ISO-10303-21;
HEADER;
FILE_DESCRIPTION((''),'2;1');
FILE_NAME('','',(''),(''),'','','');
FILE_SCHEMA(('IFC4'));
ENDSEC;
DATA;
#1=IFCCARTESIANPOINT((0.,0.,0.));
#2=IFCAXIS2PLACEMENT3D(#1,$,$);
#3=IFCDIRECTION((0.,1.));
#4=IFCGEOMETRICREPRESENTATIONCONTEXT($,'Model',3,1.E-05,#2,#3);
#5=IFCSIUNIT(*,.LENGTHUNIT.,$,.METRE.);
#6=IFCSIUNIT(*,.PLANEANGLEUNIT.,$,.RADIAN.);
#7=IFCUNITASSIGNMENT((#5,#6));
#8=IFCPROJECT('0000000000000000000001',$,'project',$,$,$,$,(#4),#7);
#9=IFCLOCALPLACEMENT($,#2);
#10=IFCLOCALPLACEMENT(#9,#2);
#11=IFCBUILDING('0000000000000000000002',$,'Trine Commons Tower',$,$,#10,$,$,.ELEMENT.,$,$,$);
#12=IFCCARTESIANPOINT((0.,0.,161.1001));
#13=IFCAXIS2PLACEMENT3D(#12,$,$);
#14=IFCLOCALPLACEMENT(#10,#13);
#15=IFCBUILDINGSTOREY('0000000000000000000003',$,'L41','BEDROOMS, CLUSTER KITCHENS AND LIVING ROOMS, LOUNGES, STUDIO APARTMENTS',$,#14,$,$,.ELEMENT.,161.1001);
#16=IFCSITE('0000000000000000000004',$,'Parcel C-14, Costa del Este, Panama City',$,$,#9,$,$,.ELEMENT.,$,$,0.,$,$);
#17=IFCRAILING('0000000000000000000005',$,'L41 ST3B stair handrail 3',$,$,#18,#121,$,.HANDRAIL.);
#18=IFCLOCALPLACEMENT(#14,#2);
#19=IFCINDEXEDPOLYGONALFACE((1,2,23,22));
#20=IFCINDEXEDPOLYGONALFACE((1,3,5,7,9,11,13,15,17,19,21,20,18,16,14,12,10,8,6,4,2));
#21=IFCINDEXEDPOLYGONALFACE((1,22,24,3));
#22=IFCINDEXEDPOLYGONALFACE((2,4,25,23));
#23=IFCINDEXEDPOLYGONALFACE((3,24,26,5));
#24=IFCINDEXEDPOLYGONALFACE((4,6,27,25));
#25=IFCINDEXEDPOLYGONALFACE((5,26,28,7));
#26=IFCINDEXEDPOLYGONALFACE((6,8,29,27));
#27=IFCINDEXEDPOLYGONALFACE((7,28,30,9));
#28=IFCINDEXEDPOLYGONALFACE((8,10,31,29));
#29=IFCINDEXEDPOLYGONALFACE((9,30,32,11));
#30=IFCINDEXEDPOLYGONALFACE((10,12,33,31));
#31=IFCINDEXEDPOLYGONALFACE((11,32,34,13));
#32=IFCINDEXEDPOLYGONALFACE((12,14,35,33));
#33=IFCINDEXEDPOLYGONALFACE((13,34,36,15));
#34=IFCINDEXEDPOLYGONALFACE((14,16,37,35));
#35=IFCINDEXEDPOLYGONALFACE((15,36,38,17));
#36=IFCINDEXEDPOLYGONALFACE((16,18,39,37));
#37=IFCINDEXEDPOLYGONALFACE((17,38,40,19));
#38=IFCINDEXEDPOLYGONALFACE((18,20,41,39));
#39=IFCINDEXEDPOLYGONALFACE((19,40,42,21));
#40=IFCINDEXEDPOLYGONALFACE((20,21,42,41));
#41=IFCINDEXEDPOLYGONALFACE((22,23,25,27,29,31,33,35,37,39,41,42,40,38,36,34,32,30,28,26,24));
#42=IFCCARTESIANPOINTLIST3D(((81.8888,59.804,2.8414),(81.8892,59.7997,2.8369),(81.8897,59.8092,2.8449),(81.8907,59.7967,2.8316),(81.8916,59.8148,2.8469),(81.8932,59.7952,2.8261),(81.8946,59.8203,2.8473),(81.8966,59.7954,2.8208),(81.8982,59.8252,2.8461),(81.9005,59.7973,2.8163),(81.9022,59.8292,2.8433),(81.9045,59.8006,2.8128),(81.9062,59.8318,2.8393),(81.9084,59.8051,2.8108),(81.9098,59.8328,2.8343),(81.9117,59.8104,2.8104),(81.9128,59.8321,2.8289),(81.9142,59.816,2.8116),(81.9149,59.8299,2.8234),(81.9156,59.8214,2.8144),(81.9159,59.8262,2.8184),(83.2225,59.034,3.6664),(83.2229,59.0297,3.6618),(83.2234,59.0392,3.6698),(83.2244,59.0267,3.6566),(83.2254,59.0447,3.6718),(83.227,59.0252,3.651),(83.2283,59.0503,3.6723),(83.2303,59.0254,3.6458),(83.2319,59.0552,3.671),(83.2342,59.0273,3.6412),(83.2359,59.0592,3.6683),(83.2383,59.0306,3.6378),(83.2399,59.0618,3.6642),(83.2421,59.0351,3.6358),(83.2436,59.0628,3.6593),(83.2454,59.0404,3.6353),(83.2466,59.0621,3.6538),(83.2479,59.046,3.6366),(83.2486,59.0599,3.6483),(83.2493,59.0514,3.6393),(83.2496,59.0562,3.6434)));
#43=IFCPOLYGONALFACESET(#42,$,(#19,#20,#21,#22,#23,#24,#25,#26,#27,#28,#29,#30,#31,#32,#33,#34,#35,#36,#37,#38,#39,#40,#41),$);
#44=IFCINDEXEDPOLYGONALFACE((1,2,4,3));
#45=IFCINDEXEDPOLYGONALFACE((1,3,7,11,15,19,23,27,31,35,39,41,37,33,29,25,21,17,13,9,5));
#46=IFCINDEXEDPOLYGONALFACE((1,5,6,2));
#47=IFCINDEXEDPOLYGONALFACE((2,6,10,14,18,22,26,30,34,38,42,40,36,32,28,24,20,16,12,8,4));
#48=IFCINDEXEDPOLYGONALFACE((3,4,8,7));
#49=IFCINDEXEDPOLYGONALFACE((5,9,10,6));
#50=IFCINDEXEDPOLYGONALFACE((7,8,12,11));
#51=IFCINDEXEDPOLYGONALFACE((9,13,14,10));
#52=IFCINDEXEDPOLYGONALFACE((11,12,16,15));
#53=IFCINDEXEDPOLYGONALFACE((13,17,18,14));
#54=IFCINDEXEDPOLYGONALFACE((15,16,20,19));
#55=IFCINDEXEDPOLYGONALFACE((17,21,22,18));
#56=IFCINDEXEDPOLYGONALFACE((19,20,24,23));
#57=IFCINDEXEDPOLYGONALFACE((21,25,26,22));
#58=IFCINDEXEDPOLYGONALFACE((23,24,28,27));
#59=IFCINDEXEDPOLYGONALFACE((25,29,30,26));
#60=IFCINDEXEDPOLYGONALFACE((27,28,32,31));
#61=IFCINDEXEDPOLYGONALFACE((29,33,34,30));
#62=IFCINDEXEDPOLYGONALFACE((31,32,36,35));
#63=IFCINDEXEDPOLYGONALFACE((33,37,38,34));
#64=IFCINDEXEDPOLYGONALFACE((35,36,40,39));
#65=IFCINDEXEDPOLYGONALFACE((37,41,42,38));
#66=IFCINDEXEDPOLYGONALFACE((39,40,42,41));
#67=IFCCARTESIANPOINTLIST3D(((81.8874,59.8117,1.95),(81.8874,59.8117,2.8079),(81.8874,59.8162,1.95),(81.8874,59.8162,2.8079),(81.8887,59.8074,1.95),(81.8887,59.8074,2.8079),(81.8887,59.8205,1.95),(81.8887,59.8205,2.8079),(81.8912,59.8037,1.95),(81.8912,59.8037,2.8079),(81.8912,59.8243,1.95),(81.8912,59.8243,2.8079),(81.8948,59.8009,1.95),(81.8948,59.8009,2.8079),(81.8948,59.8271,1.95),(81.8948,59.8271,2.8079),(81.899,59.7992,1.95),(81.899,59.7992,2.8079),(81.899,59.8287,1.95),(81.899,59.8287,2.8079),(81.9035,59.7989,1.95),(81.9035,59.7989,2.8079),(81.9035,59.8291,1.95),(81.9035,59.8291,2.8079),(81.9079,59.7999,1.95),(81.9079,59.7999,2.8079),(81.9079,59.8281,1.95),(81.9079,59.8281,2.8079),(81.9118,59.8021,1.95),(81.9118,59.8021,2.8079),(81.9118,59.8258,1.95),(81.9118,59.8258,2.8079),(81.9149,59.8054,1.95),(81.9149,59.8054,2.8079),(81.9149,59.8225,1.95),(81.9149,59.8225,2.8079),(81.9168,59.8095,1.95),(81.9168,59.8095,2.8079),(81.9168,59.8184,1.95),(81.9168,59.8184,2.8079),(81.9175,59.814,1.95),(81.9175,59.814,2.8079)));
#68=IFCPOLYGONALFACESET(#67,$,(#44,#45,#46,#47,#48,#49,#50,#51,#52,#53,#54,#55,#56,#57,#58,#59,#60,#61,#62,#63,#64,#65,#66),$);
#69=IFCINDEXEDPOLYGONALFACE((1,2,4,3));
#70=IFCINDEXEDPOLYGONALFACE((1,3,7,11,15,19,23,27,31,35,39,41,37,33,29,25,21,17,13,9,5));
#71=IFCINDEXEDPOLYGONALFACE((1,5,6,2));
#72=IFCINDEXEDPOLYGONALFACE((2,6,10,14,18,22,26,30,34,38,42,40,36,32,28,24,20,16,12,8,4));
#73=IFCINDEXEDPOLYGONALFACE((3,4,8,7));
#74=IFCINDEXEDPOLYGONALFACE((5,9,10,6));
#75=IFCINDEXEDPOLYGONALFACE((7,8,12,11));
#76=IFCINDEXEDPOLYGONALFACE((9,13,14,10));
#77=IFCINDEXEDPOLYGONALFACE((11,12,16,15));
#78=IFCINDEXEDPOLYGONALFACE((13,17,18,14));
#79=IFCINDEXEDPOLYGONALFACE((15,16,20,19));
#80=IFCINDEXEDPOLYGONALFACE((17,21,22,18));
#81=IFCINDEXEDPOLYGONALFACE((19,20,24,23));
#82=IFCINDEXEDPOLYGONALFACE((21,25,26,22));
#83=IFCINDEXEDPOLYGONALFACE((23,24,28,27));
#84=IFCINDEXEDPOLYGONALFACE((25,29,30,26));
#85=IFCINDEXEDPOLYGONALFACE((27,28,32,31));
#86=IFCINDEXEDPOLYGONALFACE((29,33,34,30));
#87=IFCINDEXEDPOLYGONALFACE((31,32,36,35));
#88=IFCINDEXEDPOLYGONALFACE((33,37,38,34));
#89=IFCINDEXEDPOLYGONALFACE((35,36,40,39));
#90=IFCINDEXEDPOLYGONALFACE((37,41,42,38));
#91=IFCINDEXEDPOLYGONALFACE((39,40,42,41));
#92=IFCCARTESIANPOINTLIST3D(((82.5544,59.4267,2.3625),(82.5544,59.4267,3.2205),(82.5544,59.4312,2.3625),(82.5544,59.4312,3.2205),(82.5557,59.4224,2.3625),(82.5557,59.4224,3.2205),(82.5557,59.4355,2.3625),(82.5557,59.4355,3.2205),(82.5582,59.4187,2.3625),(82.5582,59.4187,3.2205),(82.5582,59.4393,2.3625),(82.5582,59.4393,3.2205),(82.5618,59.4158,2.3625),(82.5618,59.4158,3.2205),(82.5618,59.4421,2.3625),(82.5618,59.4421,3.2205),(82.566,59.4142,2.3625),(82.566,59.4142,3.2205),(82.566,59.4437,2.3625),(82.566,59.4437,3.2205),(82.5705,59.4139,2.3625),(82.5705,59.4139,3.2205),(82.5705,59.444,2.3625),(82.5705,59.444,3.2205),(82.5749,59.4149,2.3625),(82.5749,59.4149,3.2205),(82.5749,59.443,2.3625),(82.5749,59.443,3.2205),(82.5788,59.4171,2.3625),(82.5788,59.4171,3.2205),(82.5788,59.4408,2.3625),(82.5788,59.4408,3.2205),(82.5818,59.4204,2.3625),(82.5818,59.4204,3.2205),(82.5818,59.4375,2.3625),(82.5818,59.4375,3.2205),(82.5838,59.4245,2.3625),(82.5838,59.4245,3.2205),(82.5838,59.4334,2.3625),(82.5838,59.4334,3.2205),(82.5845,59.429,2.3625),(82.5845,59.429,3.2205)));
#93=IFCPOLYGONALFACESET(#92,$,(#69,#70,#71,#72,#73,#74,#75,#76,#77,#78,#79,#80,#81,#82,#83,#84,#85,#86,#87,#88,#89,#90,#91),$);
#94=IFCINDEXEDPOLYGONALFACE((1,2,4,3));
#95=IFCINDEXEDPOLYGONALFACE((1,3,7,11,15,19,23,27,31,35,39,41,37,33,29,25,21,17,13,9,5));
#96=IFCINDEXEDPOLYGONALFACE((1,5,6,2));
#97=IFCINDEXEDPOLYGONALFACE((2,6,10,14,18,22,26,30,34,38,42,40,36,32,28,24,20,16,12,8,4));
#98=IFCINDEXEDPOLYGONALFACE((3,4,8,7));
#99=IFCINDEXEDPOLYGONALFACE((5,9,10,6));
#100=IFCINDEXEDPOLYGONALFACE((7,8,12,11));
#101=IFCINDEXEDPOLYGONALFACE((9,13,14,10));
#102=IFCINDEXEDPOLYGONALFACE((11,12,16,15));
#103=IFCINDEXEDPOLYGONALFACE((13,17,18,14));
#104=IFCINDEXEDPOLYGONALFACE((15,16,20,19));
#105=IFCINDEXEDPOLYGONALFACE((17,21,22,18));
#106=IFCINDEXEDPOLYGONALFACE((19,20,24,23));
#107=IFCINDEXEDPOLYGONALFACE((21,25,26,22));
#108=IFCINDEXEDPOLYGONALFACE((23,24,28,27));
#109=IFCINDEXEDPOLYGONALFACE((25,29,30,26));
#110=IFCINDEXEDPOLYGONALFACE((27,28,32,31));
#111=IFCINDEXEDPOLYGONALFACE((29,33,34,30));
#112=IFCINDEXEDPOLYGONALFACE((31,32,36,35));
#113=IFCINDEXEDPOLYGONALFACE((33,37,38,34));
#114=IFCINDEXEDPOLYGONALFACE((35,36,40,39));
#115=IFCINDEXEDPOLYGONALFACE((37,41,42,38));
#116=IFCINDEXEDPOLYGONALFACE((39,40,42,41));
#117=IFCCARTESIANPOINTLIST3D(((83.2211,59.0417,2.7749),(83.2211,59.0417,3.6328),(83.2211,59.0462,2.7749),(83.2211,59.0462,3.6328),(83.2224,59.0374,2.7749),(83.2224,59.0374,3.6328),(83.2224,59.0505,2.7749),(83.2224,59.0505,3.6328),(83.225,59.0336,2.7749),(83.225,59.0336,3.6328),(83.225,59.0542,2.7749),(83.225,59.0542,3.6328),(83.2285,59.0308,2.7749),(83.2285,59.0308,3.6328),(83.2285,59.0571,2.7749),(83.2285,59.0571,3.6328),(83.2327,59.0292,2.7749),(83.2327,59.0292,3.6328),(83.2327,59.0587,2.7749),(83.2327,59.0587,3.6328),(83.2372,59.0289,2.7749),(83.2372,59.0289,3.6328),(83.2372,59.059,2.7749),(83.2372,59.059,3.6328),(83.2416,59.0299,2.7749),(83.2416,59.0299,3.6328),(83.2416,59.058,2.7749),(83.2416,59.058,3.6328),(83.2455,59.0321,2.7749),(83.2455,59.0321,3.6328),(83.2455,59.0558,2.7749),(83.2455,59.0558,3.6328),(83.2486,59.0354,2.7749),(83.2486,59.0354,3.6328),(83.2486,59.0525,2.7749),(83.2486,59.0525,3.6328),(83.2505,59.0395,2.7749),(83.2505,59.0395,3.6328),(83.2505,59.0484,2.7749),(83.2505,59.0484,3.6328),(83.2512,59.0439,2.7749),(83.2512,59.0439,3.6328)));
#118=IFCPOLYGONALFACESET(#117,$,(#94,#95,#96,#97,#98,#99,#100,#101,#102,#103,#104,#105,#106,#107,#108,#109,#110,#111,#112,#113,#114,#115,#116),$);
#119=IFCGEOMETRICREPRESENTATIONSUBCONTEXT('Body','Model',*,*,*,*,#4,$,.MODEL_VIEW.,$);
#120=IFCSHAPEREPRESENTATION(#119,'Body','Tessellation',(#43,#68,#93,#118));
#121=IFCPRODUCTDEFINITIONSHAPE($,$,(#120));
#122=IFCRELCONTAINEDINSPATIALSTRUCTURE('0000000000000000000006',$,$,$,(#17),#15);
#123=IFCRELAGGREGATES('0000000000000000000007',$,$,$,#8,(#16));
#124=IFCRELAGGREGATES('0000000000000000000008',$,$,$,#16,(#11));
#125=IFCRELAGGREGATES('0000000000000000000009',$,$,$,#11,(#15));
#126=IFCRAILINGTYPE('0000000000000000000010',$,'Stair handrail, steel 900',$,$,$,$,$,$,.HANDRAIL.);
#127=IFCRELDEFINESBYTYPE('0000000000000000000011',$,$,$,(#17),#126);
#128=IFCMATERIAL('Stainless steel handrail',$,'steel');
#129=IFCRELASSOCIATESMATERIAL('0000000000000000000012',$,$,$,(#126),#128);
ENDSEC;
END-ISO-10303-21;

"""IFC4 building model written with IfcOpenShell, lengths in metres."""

from ifc_helpers import new_model, si_unit, direction, frame, origin, origin_2d, place, context, subcontext, project, spatial, circle, extrude, material, type_object, element, save


model = new_model("IFC4")

# Units and contexts
model_context = context("Model", 3, precision=1e-05, world=origin(), true_north=direction((0.0, 1.0)))
body_context = subcontext(model_context, "Body", "Model", "MODEL_VIEW")
ifc_project = project(units=[si_unit("LENGTHUNIT", "METRE"), si_unit("PLANEANGLEUNIT", "RADIAN")], contexts=[model_context])

# Site, building, storey
site_placement = place(None, origin())
site = spatial("IfcSite", under=ifc_project, at=site_placement, Name="Parcel C-14, Costa del Este, Panama City", CompositionType="ELEMENT", RefElevation=0.0)
building_placement = place(site_placement, origin())
building = spatial("IfcBuilding", under=site, at=building_placement, Name="Trine Commons Tower", CompositionType="ELEMENT")
storey_placement = place(building_placement, frame((0.0, 0.0, 161.1001)))
storey = spatial("IfcBuildingStorey", under=building, at=storey_placement, Name="L41", Description="BEDROOMS, CLUSTER KITCHENS AND LIVING ROOMS, LOUNGES, STUDIO APARTMENTS", CompositionType="ELEMENT", Elevation=161.1001)

# Railing
ifc_material_1 = material(Name="Stainless steel handrail", Category="steel")
railing_type_1 = type_object("IfcRailingType", Name="Stair handrail, steel 900", PredefinedType="HANDRAIL", material=ifc_material_1)
railing_1_placement = place(storey_placement, frame((81.9023, 59.814, 1.95)))
element("IfcRailing", 1, at=railing_1_placement, inside=storey, type_object=railing_type_1, Name="L41 ST3B stair handrail 3", PredefinedType="HANDRAIL", context=body_context, shape_type="SweptSolid", body=[
    extrude(circle(Radius=0.021, at=origin_2d()), frame((0.0, 0.0, 0.8789), z_axis=(0.763405, -0.440743, 0.472185), x_axis=(0.499992, 0.86603, 0.0)), (0.0, 0.0, 1.0), 1.7471),
    extrude(circle(Radius=0.0151, at=origin_2d()), origin(), (0.0, 0.0, 1.0), 0.8579),
    extrude(circle(Radius=0.0151, at=origin_2d()), frame((0.667, -0.385, 0.4126)), (0.0, 0.0, 1.0), 0.8579),
    extrude(circle(Radius=0.0151, at=origin_2d()), frame((1.3337, -0.77, 0.825)), (0.0, 0.0, 1.0), 0.8579),
])

save(model, "model.ifc")
